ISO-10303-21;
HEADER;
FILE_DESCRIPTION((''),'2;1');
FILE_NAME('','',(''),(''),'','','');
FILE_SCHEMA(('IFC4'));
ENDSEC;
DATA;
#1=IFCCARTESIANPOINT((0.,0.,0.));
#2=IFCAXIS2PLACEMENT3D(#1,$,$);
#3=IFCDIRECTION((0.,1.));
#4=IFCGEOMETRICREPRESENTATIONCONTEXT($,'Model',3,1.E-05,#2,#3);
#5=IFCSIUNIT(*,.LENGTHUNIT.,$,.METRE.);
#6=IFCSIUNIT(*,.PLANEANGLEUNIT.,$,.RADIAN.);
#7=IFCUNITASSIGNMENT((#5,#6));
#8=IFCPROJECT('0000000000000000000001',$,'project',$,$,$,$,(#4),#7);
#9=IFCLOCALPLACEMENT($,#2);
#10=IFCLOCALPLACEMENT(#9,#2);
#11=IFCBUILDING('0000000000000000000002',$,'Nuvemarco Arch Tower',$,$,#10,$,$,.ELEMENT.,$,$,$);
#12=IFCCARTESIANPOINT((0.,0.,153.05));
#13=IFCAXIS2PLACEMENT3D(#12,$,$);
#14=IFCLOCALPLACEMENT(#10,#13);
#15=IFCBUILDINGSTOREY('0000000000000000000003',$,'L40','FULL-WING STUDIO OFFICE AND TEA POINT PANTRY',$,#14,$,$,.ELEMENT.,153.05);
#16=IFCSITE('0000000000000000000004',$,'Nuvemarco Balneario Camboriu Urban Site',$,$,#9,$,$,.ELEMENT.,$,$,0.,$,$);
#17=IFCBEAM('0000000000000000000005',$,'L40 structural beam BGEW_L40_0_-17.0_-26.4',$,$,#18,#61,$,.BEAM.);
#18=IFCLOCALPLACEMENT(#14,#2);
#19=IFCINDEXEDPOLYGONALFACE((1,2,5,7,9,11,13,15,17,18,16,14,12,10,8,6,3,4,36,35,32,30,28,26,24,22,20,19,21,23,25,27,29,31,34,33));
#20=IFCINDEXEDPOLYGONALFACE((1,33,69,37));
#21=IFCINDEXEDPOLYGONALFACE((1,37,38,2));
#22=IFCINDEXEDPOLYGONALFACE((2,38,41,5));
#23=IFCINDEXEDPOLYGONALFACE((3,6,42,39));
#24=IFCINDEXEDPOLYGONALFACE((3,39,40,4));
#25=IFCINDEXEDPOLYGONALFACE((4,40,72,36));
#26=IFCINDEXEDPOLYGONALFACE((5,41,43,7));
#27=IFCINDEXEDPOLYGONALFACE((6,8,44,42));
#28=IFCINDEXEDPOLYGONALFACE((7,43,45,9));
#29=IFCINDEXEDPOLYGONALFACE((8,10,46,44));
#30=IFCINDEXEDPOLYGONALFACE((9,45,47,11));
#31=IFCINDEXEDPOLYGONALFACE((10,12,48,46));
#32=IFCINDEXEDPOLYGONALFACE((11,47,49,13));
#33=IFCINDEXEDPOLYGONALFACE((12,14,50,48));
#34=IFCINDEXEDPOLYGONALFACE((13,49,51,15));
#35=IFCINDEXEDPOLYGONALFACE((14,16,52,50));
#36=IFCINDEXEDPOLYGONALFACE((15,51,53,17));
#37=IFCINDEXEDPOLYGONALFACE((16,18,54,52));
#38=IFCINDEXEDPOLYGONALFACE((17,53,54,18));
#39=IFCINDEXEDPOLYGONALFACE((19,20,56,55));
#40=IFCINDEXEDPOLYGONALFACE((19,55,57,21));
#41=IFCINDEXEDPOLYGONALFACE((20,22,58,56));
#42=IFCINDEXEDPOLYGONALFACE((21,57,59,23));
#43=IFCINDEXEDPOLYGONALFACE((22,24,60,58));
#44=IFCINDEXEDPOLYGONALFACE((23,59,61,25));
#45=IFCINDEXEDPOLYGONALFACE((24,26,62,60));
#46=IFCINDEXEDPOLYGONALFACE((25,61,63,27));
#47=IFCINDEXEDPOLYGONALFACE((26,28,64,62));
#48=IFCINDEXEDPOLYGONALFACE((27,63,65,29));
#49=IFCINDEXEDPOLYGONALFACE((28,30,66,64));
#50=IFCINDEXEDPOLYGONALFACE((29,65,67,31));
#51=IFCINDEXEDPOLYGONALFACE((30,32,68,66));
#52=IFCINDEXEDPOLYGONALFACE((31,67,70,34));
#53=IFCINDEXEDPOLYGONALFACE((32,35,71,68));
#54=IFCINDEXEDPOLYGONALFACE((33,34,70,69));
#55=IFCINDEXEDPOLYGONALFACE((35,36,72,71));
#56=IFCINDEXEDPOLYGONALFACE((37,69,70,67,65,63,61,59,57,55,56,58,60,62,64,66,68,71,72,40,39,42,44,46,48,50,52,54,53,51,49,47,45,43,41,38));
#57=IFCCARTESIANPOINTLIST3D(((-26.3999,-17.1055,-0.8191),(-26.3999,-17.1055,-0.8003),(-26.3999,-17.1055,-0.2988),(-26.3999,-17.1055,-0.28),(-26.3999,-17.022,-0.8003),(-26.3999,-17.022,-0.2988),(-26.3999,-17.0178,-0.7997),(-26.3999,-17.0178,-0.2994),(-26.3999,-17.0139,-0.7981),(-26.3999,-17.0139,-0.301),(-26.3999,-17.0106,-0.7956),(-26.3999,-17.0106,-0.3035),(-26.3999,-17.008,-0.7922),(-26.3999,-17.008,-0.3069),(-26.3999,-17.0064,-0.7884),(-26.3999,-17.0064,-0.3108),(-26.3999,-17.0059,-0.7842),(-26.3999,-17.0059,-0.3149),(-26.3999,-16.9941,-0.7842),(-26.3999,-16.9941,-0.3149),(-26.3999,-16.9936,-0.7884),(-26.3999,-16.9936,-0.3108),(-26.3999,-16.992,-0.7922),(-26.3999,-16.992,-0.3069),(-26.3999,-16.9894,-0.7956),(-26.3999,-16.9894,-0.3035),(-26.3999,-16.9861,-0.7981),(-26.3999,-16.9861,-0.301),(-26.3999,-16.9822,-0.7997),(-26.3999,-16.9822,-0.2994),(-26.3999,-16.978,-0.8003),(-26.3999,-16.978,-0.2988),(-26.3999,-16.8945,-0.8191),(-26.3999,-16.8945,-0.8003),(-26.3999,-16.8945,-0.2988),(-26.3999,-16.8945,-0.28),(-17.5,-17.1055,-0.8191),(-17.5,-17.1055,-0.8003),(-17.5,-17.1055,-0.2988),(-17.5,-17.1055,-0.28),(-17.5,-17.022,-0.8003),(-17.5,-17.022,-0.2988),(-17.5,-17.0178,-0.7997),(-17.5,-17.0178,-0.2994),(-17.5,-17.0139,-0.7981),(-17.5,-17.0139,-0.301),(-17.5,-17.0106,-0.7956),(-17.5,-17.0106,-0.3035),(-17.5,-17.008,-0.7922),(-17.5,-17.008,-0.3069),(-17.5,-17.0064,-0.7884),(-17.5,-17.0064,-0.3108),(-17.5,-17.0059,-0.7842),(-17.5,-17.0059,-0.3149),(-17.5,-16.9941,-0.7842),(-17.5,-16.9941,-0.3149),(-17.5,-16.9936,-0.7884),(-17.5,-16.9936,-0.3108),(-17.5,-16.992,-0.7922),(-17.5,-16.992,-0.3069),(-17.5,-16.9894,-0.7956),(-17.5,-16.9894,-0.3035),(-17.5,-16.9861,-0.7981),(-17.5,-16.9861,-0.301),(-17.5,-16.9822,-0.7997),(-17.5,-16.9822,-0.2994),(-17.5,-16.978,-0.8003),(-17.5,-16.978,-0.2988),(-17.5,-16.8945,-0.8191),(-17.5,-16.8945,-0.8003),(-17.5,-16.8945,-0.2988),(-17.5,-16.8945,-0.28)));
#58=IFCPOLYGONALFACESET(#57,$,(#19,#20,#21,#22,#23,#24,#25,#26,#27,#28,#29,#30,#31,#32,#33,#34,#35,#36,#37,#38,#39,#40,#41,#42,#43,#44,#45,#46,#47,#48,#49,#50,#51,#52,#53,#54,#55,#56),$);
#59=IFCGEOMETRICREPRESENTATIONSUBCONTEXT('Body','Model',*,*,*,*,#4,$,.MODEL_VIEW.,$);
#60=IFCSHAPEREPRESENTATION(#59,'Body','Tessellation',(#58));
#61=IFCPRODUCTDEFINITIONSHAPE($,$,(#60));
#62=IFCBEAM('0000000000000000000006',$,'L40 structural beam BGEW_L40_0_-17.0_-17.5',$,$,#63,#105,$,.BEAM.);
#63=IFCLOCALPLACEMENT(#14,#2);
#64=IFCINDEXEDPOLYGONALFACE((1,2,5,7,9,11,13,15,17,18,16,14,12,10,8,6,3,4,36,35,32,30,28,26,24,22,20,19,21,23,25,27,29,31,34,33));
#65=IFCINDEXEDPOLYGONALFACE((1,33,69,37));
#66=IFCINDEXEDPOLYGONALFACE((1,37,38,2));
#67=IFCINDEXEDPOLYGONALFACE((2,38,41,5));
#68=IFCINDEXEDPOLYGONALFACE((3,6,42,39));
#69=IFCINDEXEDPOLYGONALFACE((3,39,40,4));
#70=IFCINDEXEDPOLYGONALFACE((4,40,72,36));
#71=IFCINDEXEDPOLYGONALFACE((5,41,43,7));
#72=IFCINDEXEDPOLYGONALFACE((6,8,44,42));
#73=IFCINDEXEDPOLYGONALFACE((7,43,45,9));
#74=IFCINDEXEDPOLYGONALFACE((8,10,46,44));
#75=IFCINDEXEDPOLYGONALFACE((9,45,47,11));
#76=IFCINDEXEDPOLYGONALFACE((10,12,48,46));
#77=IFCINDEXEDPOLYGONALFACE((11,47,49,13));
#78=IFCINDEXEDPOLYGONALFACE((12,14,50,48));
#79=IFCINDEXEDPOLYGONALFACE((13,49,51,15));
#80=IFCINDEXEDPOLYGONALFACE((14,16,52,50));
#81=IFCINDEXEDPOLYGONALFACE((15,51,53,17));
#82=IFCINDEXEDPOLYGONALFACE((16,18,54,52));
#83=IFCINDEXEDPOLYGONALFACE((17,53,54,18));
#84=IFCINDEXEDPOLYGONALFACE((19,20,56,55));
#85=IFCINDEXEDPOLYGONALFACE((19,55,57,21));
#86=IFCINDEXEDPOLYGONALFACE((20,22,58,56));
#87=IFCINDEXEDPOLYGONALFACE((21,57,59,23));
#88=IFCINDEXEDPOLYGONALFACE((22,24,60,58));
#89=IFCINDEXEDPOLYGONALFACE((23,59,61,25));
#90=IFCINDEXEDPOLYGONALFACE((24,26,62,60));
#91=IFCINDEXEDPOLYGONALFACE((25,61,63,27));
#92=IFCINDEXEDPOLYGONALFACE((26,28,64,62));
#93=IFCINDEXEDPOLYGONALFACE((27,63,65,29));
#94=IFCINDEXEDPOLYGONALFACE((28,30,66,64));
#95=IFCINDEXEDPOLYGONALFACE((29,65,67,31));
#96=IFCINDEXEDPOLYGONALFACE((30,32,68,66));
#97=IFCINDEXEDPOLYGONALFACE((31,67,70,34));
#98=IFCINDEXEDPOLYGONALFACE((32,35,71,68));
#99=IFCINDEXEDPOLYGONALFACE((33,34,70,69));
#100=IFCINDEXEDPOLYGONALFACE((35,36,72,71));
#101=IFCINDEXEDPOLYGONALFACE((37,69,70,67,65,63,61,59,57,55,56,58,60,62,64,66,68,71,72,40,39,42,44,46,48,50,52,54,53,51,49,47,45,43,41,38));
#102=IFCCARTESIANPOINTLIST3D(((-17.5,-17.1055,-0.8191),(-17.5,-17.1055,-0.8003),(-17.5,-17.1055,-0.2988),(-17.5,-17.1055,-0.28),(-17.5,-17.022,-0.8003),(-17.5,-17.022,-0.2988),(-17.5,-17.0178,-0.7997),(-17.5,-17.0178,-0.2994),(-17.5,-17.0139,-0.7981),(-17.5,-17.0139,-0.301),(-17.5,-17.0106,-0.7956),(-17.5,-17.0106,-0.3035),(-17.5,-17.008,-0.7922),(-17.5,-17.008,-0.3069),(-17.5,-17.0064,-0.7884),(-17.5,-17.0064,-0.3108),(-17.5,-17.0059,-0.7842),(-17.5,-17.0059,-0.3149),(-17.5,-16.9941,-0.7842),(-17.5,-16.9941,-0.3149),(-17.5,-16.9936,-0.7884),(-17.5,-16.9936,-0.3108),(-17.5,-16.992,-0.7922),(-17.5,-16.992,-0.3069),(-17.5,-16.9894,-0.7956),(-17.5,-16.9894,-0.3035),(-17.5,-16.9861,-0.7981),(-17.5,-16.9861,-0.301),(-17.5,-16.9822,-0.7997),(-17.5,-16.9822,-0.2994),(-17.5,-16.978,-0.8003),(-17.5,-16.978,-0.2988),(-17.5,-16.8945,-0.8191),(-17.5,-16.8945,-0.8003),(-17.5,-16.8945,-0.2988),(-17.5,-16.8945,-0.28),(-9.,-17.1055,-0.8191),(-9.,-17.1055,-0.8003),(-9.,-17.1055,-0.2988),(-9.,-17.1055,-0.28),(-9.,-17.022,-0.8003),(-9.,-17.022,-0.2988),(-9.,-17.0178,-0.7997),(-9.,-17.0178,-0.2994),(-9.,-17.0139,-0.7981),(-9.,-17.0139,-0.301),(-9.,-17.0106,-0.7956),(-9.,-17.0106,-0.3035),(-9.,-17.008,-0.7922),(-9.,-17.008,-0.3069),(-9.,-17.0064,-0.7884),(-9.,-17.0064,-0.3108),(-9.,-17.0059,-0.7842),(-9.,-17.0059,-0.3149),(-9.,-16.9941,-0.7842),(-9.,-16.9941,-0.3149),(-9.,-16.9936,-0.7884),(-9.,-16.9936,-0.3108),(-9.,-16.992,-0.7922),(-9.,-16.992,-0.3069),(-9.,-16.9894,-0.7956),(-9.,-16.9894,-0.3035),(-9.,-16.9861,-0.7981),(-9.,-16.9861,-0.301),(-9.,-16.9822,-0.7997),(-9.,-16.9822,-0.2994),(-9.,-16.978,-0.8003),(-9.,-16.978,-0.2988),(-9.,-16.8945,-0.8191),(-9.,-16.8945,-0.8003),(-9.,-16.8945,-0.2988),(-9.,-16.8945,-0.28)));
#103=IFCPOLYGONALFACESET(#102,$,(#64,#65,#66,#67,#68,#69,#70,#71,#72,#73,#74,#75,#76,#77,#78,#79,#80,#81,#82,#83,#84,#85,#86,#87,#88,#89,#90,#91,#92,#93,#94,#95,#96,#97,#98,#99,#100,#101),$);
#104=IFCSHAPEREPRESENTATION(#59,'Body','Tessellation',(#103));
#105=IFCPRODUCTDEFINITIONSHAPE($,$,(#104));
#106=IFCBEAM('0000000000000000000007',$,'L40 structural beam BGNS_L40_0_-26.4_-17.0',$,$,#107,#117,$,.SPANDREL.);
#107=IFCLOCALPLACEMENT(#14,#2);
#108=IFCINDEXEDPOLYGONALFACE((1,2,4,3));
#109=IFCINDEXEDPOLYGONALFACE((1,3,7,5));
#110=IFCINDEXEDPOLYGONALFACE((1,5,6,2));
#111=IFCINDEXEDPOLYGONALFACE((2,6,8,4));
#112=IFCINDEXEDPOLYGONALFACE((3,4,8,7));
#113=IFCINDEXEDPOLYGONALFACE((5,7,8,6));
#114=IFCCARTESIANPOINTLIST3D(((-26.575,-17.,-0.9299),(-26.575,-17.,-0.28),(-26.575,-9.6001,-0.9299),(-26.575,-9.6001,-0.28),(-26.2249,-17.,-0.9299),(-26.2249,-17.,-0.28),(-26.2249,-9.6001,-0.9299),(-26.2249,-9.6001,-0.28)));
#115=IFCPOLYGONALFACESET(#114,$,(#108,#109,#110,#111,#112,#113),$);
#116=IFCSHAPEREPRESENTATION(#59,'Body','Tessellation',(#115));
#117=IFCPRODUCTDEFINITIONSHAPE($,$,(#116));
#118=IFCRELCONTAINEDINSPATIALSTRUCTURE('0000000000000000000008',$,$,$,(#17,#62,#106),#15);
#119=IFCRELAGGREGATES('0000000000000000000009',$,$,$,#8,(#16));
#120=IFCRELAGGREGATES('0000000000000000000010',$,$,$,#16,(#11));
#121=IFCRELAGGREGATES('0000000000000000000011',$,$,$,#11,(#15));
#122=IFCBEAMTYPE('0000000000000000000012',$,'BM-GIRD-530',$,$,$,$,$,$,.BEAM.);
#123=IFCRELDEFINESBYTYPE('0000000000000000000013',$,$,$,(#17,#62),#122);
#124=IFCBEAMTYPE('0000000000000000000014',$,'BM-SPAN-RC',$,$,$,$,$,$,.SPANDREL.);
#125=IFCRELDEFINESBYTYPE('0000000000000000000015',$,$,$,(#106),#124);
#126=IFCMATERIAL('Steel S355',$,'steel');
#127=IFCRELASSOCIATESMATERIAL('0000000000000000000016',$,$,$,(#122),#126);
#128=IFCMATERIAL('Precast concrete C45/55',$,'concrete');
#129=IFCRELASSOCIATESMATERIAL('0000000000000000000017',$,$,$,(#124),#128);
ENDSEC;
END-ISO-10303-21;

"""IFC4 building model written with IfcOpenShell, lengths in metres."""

from ifc_helpers import new_model, si_unit, direction, frame, origin, origin_2d, place, context, subcontext, project, spatial, rectangle, i_section, extrude, material, material_profile, profile_set, type_object, element, save


model = new_model("IFC4")

# Units and contexts
model_context = context("Model", 3, precision=1e-05, world=origin(), true_north=direction((0.0, 1.0)))
body_context = subcontext(model_context, "Body", "Model", "MODEL_VIEW")
ifc_project = project(units=[si_unit("LENGTHUNIT", "METRE"), si_unit("PLANEANGLEUNIT", "RADIAN")], contexts=[model_context])

# Site, building, storey
site_placement = place(None, origin())
site = spatial("IfcSite", under=ifc_project, at=site_placement, Name="Nuvemarco Balneario Camboriu Urban Site", CompositionType="ELEMENT", RefElevation=0.0)
building_placement = place(site_placement, origin())
building = spatial("IfcBuilding", under=site, at=building_placement, Name="Nuvemarco Arch Tower", CompositionType="ELEMENT")
storey_placement = place(building_placement, frame((0.0, 0.0, 153.05)))
storey = spatial("IfcBuildingStorey", under=building, at=storey_placement, Name="L40", Description="FULL-WING STUDIO OFFICE AND TEA POINT PANTRY", CompositionType="ELEMENT", Elevation=153.05)

# Shared definitions
ifc_material_1 = material(Name="Steel S355", Category="steel")

# Beams
ifc_material_profile_1 = material_profile(ifc_material_1, i_section(OverallWidth=0.2109, OverallDepth=0.5391, WebThickness=0.0117, FlangeThickness=0.0188, FilletRadius=0.0161, at=origin_2d()), Name="W530x109")
ifc_profile_set_1 = profile_set([ifc_material_profile_1], Name="Steel S355")
beam_type_1 = type_object("IfcBeamType", Name="BM-GIRD-530", PredefinedType="BEAM", material=ifc_profile_set_1)
beam_1_placement = place(storey_placement, frame((-26.3999, -17.0, -0.5496), z_axis=(1.0, 0.0, 0.0), x_axis=(0.0, 1.0, 0.0)))
element("IfcBeam", 1, at=beam_1_placement, inside=storey, type_object=beam_type_1, Name="L40 structural beam BGEW_L40_0_-17.0_-26.4", PredefinedType="BEAM", context=body_context, shape_type="SweptSolid", body=[
    extrude(i_section(OverallWidth=0.2109, OverallDepth=0.5391, WebThickness=0.0117, FlangeThickness=0.0188, FilletRadius=0.0161, at=origin_2d()), origin(), (0.0, 0.0, 1.0), 8.8999),
])
beam_2_placement = place(storey_placement, frame((-17.5, -17.0, -0.5496), z_axis=(1.0, 0.0, 0.0), x_axis=(0.0, 1.0, 0.0)))
element("IfcBeam", 2, at=beam_2_placement, inside=storey, type_object=beam_type_1, Name="L40 structural beam BGEW_L40_0_-17.0_-17.5", PredefinedType="BEAM", context=body_context, shape_type="SweptSolid", body=[
    extrude(i_section(OverallWidth=0.2109, OverallDepth=0.5391, WebThickness=0.0117, FlangeThickness=0.0188, FilletRadius=0.0161, at=origin_2d()), origin(), (0.0, 0.0, 1.0), 8.5),
])
ifc_material_2 = material(Name="Precast concrete C45/55", Category="concrete")
ifc_material_profile_2 = material_profile(ifc_material_2, rectangle(XDim=0.3501, YDim=0.6499, at=origin_2d()), Name="PC-SP-350x650")
ifc_profile_set_2 = profile_set([ifc_material_profile_2], Name="Precast concrete C45/55")
beam_type_2 = type_object("IfcBeamType", Name="BM-SPAN-RC", PredefinedType="SPANDREL", material=ifc_profile_set_2)
beam_3_placement = place(storey_placement, frame((-26.3999, -17.0, -0.605), z_axis=(0.0, 1.0, 0.0), x_axis=(-1.0, 0.0, 0.0)))
element("IfcBeam", 3, at=beam_3_placement, inside=storey, type_object=beam_type_2, Name="L40 structural beam BGNS_L40_0_-26.4_-17.0", PredefinedType="SPANDREL", context=body_context, shape_type="SweptSolid", body=[
    extrude(rectangle(XDim=0.3501, YDim=0.6499, at=origin_2d()), origin(), (0.0, 0.0, 1.0), 7.3999),
])

save(model, "model.ifc")
